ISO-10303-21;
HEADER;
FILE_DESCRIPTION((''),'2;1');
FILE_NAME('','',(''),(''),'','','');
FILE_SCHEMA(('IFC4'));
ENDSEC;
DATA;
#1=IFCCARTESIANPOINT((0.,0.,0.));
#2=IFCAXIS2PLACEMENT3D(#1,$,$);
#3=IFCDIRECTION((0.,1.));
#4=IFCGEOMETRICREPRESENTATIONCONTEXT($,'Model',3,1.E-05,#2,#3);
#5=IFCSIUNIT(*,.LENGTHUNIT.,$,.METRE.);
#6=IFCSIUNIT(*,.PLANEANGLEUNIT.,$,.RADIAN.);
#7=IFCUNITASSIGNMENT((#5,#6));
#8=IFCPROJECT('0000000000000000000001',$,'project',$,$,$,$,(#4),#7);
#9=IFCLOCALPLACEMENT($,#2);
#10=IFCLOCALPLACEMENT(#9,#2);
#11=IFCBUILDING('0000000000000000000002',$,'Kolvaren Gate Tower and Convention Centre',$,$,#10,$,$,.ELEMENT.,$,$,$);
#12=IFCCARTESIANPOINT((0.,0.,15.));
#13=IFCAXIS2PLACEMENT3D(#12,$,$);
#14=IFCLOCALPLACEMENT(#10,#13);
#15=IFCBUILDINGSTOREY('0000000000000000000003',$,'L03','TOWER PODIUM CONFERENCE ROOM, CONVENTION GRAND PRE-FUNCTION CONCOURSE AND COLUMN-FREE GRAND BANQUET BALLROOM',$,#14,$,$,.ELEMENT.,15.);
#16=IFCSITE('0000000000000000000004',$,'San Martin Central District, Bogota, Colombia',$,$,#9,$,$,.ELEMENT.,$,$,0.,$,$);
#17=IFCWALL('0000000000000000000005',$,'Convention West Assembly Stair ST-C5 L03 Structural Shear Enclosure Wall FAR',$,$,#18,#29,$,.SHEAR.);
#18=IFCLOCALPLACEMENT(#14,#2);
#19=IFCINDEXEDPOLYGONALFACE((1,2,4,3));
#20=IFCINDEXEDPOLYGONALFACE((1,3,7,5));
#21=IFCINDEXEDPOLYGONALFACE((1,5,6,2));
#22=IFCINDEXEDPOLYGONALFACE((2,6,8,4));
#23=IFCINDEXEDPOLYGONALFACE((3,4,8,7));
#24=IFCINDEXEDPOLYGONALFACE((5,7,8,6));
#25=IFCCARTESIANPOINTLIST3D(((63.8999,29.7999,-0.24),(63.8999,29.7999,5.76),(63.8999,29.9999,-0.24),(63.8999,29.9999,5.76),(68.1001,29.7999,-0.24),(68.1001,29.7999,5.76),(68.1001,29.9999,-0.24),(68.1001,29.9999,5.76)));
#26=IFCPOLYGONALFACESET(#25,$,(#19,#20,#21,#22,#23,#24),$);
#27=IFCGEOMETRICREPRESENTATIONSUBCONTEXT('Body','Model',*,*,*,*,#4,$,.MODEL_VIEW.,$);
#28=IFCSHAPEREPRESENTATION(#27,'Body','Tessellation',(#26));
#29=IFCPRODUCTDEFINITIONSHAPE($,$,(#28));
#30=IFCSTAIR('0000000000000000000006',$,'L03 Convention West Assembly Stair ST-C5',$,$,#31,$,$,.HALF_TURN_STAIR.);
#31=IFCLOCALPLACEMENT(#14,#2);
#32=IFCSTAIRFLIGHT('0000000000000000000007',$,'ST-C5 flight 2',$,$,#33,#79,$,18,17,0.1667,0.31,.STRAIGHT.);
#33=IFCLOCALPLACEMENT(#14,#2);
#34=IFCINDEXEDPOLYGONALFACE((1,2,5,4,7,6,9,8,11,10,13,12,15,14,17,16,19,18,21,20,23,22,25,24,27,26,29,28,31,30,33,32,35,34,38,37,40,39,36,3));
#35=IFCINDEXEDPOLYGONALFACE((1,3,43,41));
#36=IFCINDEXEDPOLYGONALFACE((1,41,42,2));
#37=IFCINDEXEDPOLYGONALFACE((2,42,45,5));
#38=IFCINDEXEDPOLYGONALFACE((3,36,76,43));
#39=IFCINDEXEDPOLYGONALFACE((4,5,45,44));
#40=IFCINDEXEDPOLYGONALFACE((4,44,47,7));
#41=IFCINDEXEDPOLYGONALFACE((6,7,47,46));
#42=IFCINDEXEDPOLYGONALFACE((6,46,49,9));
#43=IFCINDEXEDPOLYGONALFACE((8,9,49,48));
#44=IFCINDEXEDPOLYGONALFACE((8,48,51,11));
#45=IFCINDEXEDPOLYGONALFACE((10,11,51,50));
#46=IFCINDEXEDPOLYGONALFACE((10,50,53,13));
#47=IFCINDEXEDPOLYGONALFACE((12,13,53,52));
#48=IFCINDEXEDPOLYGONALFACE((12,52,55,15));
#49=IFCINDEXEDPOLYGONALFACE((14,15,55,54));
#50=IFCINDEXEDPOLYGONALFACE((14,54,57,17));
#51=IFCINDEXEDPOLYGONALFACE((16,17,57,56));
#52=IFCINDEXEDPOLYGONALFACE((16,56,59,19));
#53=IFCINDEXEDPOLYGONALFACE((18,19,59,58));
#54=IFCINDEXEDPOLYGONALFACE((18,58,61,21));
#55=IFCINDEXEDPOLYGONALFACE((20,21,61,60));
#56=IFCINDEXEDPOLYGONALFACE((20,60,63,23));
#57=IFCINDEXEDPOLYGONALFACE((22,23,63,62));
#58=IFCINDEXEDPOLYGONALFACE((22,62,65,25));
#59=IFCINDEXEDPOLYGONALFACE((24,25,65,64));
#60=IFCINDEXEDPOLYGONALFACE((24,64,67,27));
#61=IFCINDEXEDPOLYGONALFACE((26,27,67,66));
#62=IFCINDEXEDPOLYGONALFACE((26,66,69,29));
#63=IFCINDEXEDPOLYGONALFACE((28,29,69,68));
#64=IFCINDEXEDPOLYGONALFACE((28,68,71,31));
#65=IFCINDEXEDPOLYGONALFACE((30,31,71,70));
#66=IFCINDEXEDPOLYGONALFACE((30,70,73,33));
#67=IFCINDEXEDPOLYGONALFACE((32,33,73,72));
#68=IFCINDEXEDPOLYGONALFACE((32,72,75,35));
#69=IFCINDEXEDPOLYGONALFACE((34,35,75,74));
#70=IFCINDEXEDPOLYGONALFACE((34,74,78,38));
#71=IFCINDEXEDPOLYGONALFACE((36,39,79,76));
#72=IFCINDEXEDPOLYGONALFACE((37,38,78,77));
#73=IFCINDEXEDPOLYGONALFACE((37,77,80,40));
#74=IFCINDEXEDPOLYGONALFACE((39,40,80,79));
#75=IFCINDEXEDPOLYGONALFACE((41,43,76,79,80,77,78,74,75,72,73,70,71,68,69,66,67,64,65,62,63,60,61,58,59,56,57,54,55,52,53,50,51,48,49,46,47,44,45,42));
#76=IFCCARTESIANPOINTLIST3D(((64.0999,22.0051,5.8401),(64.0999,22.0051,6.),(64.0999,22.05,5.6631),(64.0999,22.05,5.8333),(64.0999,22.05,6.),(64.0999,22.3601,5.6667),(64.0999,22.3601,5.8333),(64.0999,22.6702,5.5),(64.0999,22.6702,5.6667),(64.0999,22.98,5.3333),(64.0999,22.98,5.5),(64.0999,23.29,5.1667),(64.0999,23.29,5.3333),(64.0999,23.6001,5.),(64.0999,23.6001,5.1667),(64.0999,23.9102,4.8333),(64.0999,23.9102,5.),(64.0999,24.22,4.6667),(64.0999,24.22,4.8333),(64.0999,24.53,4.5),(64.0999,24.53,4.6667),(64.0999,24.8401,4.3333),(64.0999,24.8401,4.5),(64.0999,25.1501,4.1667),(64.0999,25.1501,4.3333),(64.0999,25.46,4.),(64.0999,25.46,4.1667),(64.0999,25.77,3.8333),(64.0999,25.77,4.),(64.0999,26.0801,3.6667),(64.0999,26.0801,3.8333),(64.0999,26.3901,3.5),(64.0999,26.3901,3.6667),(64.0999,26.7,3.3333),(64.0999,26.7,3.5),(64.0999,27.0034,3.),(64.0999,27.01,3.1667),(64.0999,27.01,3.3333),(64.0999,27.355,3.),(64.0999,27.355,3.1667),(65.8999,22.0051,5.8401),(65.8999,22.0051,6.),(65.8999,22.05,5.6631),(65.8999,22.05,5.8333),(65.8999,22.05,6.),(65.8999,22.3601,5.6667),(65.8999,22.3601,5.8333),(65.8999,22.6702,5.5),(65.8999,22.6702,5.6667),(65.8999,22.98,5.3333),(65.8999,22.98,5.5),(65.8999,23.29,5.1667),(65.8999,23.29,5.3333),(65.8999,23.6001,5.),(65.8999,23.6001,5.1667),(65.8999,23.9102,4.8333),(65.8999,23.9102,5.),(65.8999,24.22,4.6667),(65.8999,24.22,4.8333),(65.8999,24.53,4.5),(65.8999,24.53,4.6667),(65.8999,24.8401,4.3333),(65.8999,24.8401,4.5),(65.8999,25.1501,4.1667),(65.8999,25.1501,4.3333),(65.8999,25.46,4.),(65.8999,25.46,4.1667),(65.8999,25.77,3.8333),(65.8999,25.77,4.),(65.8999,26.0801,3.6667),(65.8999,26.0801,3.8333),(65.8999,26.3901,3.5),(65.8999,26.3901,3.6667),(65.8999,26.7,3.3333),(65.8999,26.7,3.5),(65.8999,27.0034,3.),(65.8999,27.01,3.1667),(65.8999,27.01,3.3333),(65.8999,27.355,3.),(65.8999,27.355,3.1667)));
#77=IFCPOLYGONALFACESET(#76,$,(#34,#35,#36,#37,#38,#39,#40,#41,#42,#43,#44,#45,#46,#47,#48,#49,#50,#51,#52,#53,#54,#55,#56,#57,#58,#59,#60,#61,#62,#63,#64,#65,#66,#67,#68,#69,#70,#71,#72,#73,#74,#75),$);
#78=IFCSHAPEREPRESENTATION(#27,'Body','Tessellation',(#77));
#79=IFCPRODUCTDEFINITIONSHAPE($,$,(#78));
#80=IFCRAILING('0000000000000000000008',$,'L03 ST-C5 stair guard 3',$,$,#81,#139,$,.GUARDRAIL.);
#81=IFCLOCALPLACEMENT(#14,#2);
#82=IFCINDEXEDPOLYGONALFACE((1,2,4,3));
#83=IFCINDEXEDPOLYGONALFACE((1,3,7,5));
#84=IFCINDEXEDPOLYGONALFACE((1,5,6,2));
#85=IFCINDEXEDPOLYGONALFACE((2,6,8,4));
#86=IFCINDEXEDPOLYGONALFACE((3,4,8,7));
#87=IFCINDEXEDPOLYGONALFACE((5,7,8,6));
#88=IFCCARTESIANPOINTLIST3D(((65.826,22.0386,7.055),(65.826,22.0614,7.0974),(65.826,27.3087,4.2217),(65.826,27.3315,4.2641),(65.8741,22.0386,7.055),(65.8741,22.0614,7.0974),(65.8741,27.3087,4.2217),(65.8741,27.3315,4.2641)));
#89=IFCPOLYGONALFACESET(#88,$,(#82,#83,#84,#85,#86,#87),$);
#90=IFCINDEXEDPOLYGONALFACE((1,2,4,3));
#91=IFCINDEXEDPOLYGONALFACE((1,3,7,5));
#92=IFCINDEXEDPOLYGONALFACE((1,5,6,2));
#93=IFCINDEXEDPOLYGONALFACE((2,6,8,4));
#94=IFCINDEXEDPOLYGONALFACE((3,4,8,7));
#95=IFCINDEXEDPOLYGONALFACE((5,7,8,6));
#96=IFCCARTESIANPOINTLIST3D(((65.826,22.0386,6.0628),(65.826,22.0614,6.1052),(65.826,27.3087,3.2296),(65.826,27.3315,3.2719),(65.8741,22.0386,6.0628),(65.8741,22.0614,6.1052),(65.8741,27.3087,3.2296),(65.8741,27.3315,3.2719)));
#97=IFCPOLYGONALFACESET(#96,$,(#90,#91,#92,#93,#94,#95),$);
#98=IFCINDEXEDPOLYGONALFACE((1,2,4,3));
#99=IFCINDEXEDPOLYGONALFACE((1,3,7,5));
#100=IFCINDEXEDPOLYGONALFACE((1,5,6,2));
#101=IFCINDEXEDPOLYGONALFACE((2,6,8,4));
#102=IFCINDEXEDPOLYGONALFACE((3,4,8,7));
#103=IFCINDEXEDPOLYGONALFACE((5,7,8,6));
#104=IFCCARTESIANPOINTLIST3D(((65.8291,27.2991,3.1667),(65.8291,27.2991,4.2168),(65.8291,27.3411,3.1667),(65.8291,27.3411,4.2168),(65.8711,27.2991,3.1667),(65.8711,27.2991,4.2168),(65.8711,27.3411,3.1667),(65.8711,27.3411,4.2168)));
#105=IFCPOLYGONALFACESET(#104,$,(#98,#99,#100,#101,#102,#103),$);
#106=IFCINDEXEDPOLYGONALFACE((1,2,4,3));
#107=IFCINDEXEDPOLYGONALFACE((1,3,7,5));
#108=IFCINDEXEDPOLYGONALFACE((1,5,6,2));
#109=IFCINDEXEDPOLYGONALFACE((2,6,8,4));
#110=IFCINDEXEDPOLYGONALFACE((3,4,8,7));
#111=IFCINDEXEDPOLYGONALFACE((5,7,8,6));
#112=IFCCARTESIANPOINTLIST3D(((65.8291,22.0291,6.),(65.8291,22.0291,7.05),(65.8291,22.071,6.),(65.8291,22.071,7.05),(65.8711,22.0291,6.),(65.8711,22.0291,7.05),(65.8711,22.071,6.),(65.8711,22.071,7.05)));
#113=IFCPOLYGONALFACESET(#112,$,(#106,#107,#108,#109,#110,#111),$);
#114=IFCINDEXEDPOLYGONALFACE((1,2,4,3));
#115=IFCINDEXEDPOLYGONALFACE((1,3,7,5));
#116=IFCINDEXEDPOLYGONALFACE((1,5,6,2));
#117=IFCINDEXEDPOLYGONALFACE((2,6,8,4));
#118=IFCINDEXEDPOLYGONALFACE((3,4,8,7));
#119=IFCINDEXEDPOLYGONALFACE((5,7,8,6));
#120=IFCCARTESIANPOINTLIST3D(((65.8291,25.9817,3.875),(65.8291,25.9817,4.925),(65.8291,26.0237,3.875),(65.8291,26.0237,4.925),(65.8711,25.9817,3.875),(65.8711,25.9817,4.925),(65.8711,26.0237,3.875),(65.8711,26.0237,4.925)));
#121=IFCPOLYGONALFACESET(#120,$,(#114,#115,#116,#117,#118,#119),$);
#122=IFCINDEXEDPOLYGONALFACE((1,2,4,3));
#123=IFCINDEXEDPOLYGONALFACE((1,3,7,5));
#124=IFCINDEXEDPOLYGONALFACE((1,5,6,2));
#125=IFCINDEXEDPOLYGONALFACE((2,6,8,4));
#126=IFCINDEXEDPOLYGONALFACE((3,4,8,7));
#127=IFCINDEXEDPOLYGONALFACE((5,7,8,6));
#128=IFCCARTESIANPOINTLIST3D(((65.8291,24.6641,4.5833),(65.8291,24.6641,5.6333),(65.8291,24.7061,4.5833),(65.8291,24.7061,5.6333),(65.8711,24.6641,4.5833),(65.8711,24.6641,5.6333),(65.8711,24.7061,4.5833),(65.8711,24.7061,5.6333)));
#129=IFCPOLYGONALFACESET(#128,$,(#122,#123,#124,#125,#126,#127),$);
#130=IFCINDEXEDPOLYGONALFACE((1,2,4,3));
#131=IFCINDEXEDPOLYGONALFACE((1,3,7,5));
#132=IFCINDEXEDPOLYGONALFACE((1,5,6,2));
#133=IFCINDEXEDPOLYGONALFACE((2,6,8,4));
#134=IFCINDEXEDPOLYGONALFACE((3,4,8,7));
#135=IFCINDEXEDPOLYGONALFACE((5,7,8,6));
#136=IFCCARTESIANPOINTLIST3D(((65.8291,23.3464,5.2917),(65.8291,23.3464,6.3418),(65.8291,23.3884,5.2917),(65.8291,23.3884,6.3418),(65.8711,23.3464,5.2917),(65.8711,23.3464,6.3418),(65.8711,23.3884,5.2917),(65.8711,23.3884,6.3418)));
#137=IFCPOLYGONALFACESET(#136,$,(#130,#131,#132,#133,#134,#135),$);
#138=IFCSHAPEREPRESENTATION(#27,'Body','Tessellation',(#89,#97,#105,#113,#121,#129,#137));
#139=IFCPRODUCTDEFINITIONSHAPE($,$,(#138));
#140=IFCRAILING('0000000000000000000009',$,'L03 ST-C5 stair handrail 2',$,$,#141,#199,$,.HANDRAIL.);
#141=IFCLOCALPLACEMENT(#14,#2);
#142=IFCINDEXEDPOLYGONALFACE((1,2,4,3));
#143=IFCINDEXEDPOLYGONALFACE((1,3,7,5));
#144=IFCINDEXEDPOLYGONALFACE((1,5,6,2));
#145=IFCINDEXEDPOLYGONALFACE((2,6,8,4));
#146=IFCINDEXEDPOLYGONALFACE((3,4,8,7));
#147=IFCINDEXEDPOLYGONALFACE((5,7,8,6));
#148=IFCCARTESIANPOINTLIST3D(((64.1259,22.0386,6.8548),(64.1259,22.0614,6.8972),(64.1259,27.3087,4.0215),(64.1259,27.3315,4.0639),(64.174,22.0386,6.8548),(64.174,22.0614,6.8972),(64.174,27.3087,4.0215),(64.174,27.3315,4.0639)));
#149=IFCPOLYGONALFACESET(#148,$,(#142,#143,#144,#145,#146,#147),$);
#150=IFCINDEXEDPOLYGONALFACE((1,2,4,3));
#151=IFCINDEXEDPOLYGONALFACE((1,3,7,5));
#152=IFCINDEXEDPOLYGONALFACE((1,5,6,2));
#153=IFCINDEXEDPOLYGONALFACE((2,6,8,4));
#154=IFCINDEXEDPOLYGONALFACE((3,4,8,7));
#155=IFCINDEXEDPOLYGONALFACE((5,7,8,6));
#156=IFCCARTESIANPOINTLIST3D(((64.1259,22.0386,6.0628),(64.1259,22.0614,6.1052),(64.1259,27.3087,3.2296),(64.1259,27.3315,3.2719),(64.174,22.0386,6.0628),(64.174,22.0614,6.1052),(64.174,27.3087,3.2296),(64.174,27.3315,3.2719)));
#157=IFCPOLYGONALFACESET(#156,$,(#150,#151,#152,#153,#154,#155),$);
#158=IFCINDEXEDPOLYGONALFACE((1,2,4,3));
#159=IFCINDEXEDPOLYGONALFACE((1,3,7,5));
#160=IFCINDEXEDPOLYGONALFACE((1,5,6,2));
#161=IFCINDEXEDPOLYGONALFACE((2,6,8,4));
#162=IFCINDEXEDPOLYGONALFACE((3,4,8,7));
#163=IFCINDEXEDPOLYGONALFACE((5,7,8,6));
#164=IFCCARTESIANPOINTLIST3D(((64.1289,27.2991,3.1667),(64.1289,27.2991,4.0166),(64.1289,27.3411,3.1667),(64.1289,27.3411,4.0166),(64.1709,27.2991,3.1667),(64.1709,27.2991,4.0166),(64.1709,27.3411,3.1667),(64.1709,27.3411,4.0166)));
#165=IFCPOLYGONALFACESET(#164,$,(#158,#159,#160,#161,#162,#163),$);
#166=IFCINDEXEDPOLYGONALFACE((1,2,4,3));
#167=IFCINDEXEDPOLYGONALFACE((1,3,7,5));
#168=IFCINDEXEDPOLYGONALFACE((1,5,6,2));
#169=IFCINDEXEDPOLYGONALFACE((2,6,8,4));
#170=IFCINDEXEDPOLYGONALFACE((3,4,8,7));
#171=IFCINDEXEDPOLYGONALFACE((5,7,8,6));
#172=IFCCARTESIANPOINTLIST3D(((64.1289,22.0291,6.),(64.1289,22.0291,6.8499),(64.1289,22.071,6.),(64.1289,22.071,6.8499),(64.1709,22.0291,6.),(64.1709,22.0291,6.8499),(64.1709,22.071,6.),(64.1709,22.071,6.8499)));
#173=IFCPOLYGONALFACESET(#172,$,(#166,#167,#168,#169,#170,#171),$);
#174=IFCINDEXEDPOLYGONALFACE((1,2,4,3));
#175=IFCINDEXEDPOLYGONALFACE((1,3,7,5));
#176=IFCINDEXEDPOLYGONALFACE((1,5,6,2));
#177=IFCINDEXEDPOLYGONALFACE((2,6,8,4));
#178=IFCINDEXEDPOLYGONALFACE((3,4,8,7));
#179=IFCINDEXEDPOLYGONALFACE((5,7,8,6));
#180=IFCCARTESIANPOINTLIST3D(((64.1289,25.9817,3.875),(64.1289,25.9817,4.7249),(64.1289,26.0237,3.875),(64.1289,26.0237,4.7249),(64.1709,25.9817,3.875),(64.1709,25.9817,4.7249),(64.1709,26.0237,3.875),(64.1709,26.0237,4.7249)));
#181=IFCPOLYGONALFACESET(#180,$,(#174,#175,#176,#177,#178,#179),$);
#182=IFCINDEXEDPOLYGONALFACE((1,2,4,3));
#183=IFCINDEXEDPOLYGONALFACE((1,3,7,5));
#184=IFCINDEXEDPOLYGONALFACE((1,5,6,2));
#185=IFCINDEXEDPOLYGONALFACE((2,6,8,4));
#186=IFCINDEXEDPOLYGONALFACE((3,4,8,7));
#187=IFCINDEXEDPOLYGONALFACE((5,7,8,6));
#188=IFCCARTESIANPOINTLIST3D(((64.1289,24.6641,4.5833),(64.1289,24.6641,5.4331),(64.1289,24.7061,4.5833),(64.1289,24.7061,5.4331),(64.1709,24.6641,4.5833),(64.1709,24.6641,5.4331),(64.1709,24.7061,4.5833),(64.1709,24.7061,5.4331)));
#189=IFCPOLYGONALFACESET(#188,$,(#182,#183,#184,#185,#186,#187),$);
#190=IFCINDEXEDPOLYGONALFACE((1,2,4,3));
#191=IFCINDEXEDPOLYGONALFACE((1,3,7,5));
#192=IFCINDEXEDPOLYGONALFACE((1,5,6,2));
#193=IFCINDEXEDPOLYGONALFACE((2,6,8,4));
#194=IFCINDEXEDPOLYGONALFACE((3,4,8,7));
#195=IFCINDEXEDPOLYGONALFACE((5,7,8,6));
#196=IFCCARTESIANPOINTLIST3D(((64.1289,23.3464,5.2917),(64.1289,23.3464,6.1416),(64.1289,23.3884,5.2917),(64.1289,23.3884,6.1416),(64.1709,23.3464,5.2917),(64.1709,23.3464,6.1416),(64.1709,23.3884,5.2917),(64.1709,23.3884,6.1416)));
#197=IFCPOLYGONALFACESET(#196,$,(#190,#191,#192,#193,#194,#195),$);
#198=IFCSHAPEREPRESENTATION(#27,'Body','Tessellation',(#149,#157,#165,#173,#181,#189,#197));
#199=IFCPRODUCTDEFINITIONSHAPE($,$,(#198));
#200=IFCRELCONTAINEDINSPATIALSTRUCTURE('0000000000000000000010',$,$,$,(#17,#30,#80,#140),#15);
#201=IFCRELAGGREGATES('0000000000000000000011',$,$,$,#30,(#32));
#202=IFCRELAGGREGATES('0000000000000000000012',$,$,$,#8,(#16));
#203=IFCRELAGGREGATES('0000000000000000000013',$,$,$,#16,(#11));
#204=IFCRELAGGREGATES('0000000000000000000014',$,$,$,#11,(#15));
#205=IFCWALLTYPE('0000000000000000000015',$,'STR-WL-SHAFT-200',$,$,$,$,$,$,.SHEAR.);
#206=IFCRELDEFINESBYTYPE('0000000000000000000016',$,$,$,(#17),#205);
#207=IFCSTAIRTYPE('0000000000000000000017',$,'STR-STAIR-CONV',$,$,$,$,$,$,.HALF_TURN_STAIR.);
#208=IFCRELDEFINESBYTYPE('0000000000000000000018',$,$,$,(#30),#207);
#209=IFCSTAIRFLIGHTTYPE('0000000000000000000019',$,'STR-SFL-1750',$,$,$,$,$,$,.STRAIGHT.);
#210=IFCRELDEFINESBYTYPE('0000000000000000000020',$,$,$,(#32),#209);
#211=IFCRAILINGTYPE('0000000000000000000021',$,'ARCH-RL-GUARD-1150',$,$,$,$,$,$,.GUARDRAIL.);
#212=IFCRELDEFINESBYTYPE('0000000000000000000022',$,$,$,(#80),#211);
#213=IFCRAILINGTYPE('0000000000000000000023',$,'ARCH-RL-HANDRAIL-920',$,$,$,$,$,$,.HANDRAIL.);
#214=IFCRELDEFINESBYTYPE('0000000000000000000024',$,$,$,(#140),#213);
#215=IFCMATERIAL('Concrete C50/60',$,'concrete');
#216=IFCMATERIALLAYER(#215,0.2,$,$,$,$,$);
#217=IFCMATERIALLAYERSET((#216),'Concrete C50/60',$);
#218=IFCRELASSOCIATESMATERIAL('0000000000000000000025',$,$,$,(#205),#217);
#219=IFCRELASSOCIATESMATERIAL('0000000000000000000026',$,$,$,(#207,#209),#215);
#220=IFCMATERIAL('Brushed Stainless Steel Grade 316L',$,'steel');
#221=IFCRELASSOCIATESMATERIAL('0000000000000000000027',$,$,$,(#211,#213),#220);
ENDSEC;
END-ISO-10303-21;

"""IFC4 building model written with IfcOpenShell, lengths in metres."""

from ifc_helpers import new_model, si_unit, direction, frame, frame_2d, origin, origin_2d, place, context, subcontext, project, spatial, polyline, rectangle, outline, extrude, material, layer, layer_set, type_object, element, aggregate, save


model = new_model("IFC4")

# Units and contexts
model_context = context("Model", 3, precision=1e-05, world=origin(), true_north=direction((0.0, 1.0)))
body_context = subcontext(model_context, "Body", "Model", "MODEL_VIEW")
ifc_project = project(units=[si_unit("LENGTHUNIT", "METRE"), si_unit("PLANEANGLEUNIT", "RADIAN")], contexts=[model_context])

# Site, building, storey
site_placement = place(None, origin())
site = spatial("IfcSite", under=ifc_project, at=site_placement, Name="San Martin Central District, Bogota, Colombia", CompositionType="ELEMENT", RefElevation=0.0)
building_placement = place(site_placement, origin())
building = spatial("IfcBuilding", under=site, at=building_placement, Name="Kolvaren Gate Tower and Convention Centre", CompositionType="ELEMENT")
storey_placement = place(building_placement, frame((0.0, 0.0, 15.0)))
storey = spatial("IfcBuildingStorey", under=building, at=storey_placement, Name="L03", Description="TOWER PODIUM CONFERENCE ROOM, CONVENTION GRAND PRE-FUNCTION CONCOURSE AND COLUMN-FREE GRAND BANQUET BALLROOM", CompositionType="ELEMENT", Elevation=15.0)

# Wall
ifc_material_1 = material(Name="Concrete C50/60", Category="concrete")
ifc_layer_1 = layer(ifc_material_1, 0.2)
ifc_layer_set_1 = layer_set([ifc_layer_1], Name="Concrete C50/60")
wall_type_1 = type_object("IfcWallType", Name="STR-WL-SHAFT-200", PredefinedType="SHEAR", material=ifc_layer_set_1)
wall_1_placement = place(storey_placement, frame((63.8999, 29.8999, -0.24), z_axis=(0.0, 0.0, 1.0), x_axis=(1.0, 0.0, 0.0)))
element("IfcWall", 1, at=wall_1_placement, inside=storey, type_object=wall_type_1, Name="Convention West Assembly Stair ST-C5 L03 Structural Shear Enclosure Wall FAR", PredefinedType="SHEAR", context=body_context, shape_type="SweptSolid", body=[
    extrude(rectangle(XDim=4.2002, YDim=0.2, at=frame_2d((2.1001, 0.0))), origin(), (0.0, 0.0, 1.0), 6.0),
])

# Stair, stair flight
stair_type = type_object("IfcStairType", Name="STR-STAIR-CONV", PredefinedType="HALF_TURN_STAIR", material=ifc_material_1)
stair_placement = place(storey_placement, origin())
stair = element("IfcStair", 2, at=stair_placement, inside=storey, type_object=stair_type, Name="L03 Convention West Assembly Stair ST-C5", PredefinedType="HALF_TURN_STAIR")
stair_flight_type = type_object("IfcStairFlightType", Name="STR-SFL-1750", PredefinedType="STRAIGHT", material=ifc_material_1)
stair_flight_placement = place(storey_placement, frame((65.0, 27.3201, 3.0), z_axis=(0.0, 0.0, 1.0), x_axis=(0.0, -1.0, 0.0)))
stair_flight = element("IfcStairFlight", 3, at=stair_flight_placement, type_object=stair_flight_type, Name="ST-C5 flight 2", NumberOfRisers=18, NumberOfTreads=17, PredefinedType="STRAIGHT", RiserHeight=0.1667, TreadLength=0.31, context=body_context, shape_type="SweptSolid", body=[
    extrude(outline(polyline([(-0.0349, 0.0), (-0.0349, 0.1667), (0.3101, 0.1667), (0.3101, 0.3333), (0.6201, 0.3333), (0.6201, 0.5), (0.9299, 0.5), (0.9299, 0.6667), (1.24, 0.6667), (1.24, 0.8333), (1.55, 0.8333), (1.55, 1.0), (1.8601, 1.0), (1.8601, 1.1667), (2.1699, 1.1667), (2.1699, 1.3333), (2.48, 1.3333), (2.48, 1.5), (2.79, 1.5), (2.79, 1.6667), (3.1001, 1.6667), (3.1001, 1.8333), (3.4099, 1.8333), (3.4099, 2.0), (3.72, 2.0), (3.72, 2.1667), (4.03, 2.1667), (4.03, 2.3333), (4.3401, 2.3333), (4.3401, 2.5), (4.6499, 2.5), (4.6499, 2.6667), (4.96, 2.6667), (4.96, 2.8333), (5.27, 2.8333), (5.27, 3.0), (5.3149, 3.0), (5.3149, 2.8401), (5.27, 2.6631), (0.3167, 0.0), (-0.0349, 0.0)])), frame((0.0, 0.8999, 0.0), z_axis=(0.0, -1.0, 0.0), x_axis=(1.0, 0.0, 0.0)), (0.0, 0.0, 1.0), 1.8),
])
aggregate(stair, [stair_flight])

# Railings
ifc_material_2 = material(Name="Brushed Stainless Steel Grade 316L", Category="steel")
railing_type_1 = type_object("IfcRailingType", Name="ARCH-RL-GUARD-1150", PredefinedType="GUARDRAIL", material=ifc_material_2)
railing_1_placement = place(storey_placement, frame((65.8501, 27.3201, 3.1667)))
element("IfcRailing", 4, at=railing_1_placement, inside=storey, type_object=railing_type_1, Name="L03 ST-C5 stair guard 3", PredefinedType="GUARDRAIL", context=body_context, shape_type="SweptSolid", body=[
    extrude(rectangle(XDim=0.0481, YDim=0.0481, at=origin_2d()), frame((0.0, 0.0, 1.0762), z_axis=(0.0, -0.880781, 0.473523), x_axis=(1.0, 0.0, 0.0)), (0.0, 0.0, 1.0), 5.9834),
    extrude(rectangle(XDim=0.0481, YDim=0.0481, at=origin_2d()), frame((0.0, 0.0, 0.084), z_axis=(0.0, -0.880781, 0.473523), x_axis=(1.0, 0.0, 0.0)), (0.0, 0.0, 1.0), 5.9834),
    extrude(rectangle(XDim=0.042, YDim=0.042, at=origin_2d()), origin(), (0.0, 0.0, 1.0), 1.05),
    extrude(rectangle(XDim=0.042, YDim=0.042, at=origin_2d()), frame((0.0, -5.27, 2.8333)), (0.0, 0.0, 1.0), 1.05),
    extrude(rectangle(XDim=0.042, YDim=0.042, at=origin_2d()), frame((0.0, -1.3174, 0.7083)), (0.0, 0.0, 1.0), 1.05),
    extrude(rectangle(XDim=0.042, YDim=0.042, at=origin_2d()), frame((0.0, -2.635, 1.4165)), (0.0, 0.0, 1.0), 1.05),
    extrude(rectangle(XDim=0.042, YDim=0.042, at=origin_2d()), frame((0.0, -3.9526, 2.125)), (0.0, 0.0, 1.0), 1.05),
])
railing_type_2 = type_object("IfcRailingType", Name="ARCH-RL-HANDRAIL-920", PredefinedType="HANDRAIL", material=ifc_material_2)
railing_2_placement = place(storey_placement, frame((64.1499, 27.3201, 3.1667)))
element("IfcRailing", 5, at=railing_2_placement, inside=storey, type_object=railing_type_2, Name="L03 ST-C5 stair handrail 2", PredefinedType="HANDRAIL", context=body_context, shape_type="SweptSolid", body=[
    extrude(rectangle(XDim=0.0481, YDim=0.0481, at=origin_2d()), frame((0.0, 0.0, 0.876), z_axis=(0.0, -0.880781, 0.473523), x_axis=(1.0, 0.0, 0.0)), (0.0, 0.0, 1.0), 5.9834),
    extrude(rectangle(XDim=0.0481, YDim=0.0481, at=origin_2d()), frame((0.0, 0.0, 0.084), z_axis=(0.0, -0.880781, 0.473523), x_axis=(1.0, 0.0, 0.0)), (0.0, 0.0, 1.0), 5.9834),
    extrude(rectangle(XDim=0.042, YDim=0.042, at=origin_2d()), origin(), (0.0, 0.0, 1.0), 0.8499),
    extrude(rectangle(XDim=0.042, YDim=0.042, at=origin_2d()), frame((0.0, -5.27, 2.8333)), (0.0, 0.0, 1.0), 0.8499),
    extrude(rectangle(XDim=0.042, YDim=0.042, at=origin_2d()), frame((0.0, -1.3174, 0.7083)), (0.0, 0.0, 1.0), 0.8499),
    extrude(rectangle(XDim=0.042, YDim=0.042, at=origin_2d()), frame((0.0, -2.635, 1.4165)), (0.0, 0.0, 1.0), 0.8499),
    extrude(rectangle(XDim=0.042, YDim=0.042, at=origin_2d()), frame((0.0, -3.9526, 2.125)), (0.0, 0.0, 1.0), 0.8499),
])

save(model, "model.ifc")
